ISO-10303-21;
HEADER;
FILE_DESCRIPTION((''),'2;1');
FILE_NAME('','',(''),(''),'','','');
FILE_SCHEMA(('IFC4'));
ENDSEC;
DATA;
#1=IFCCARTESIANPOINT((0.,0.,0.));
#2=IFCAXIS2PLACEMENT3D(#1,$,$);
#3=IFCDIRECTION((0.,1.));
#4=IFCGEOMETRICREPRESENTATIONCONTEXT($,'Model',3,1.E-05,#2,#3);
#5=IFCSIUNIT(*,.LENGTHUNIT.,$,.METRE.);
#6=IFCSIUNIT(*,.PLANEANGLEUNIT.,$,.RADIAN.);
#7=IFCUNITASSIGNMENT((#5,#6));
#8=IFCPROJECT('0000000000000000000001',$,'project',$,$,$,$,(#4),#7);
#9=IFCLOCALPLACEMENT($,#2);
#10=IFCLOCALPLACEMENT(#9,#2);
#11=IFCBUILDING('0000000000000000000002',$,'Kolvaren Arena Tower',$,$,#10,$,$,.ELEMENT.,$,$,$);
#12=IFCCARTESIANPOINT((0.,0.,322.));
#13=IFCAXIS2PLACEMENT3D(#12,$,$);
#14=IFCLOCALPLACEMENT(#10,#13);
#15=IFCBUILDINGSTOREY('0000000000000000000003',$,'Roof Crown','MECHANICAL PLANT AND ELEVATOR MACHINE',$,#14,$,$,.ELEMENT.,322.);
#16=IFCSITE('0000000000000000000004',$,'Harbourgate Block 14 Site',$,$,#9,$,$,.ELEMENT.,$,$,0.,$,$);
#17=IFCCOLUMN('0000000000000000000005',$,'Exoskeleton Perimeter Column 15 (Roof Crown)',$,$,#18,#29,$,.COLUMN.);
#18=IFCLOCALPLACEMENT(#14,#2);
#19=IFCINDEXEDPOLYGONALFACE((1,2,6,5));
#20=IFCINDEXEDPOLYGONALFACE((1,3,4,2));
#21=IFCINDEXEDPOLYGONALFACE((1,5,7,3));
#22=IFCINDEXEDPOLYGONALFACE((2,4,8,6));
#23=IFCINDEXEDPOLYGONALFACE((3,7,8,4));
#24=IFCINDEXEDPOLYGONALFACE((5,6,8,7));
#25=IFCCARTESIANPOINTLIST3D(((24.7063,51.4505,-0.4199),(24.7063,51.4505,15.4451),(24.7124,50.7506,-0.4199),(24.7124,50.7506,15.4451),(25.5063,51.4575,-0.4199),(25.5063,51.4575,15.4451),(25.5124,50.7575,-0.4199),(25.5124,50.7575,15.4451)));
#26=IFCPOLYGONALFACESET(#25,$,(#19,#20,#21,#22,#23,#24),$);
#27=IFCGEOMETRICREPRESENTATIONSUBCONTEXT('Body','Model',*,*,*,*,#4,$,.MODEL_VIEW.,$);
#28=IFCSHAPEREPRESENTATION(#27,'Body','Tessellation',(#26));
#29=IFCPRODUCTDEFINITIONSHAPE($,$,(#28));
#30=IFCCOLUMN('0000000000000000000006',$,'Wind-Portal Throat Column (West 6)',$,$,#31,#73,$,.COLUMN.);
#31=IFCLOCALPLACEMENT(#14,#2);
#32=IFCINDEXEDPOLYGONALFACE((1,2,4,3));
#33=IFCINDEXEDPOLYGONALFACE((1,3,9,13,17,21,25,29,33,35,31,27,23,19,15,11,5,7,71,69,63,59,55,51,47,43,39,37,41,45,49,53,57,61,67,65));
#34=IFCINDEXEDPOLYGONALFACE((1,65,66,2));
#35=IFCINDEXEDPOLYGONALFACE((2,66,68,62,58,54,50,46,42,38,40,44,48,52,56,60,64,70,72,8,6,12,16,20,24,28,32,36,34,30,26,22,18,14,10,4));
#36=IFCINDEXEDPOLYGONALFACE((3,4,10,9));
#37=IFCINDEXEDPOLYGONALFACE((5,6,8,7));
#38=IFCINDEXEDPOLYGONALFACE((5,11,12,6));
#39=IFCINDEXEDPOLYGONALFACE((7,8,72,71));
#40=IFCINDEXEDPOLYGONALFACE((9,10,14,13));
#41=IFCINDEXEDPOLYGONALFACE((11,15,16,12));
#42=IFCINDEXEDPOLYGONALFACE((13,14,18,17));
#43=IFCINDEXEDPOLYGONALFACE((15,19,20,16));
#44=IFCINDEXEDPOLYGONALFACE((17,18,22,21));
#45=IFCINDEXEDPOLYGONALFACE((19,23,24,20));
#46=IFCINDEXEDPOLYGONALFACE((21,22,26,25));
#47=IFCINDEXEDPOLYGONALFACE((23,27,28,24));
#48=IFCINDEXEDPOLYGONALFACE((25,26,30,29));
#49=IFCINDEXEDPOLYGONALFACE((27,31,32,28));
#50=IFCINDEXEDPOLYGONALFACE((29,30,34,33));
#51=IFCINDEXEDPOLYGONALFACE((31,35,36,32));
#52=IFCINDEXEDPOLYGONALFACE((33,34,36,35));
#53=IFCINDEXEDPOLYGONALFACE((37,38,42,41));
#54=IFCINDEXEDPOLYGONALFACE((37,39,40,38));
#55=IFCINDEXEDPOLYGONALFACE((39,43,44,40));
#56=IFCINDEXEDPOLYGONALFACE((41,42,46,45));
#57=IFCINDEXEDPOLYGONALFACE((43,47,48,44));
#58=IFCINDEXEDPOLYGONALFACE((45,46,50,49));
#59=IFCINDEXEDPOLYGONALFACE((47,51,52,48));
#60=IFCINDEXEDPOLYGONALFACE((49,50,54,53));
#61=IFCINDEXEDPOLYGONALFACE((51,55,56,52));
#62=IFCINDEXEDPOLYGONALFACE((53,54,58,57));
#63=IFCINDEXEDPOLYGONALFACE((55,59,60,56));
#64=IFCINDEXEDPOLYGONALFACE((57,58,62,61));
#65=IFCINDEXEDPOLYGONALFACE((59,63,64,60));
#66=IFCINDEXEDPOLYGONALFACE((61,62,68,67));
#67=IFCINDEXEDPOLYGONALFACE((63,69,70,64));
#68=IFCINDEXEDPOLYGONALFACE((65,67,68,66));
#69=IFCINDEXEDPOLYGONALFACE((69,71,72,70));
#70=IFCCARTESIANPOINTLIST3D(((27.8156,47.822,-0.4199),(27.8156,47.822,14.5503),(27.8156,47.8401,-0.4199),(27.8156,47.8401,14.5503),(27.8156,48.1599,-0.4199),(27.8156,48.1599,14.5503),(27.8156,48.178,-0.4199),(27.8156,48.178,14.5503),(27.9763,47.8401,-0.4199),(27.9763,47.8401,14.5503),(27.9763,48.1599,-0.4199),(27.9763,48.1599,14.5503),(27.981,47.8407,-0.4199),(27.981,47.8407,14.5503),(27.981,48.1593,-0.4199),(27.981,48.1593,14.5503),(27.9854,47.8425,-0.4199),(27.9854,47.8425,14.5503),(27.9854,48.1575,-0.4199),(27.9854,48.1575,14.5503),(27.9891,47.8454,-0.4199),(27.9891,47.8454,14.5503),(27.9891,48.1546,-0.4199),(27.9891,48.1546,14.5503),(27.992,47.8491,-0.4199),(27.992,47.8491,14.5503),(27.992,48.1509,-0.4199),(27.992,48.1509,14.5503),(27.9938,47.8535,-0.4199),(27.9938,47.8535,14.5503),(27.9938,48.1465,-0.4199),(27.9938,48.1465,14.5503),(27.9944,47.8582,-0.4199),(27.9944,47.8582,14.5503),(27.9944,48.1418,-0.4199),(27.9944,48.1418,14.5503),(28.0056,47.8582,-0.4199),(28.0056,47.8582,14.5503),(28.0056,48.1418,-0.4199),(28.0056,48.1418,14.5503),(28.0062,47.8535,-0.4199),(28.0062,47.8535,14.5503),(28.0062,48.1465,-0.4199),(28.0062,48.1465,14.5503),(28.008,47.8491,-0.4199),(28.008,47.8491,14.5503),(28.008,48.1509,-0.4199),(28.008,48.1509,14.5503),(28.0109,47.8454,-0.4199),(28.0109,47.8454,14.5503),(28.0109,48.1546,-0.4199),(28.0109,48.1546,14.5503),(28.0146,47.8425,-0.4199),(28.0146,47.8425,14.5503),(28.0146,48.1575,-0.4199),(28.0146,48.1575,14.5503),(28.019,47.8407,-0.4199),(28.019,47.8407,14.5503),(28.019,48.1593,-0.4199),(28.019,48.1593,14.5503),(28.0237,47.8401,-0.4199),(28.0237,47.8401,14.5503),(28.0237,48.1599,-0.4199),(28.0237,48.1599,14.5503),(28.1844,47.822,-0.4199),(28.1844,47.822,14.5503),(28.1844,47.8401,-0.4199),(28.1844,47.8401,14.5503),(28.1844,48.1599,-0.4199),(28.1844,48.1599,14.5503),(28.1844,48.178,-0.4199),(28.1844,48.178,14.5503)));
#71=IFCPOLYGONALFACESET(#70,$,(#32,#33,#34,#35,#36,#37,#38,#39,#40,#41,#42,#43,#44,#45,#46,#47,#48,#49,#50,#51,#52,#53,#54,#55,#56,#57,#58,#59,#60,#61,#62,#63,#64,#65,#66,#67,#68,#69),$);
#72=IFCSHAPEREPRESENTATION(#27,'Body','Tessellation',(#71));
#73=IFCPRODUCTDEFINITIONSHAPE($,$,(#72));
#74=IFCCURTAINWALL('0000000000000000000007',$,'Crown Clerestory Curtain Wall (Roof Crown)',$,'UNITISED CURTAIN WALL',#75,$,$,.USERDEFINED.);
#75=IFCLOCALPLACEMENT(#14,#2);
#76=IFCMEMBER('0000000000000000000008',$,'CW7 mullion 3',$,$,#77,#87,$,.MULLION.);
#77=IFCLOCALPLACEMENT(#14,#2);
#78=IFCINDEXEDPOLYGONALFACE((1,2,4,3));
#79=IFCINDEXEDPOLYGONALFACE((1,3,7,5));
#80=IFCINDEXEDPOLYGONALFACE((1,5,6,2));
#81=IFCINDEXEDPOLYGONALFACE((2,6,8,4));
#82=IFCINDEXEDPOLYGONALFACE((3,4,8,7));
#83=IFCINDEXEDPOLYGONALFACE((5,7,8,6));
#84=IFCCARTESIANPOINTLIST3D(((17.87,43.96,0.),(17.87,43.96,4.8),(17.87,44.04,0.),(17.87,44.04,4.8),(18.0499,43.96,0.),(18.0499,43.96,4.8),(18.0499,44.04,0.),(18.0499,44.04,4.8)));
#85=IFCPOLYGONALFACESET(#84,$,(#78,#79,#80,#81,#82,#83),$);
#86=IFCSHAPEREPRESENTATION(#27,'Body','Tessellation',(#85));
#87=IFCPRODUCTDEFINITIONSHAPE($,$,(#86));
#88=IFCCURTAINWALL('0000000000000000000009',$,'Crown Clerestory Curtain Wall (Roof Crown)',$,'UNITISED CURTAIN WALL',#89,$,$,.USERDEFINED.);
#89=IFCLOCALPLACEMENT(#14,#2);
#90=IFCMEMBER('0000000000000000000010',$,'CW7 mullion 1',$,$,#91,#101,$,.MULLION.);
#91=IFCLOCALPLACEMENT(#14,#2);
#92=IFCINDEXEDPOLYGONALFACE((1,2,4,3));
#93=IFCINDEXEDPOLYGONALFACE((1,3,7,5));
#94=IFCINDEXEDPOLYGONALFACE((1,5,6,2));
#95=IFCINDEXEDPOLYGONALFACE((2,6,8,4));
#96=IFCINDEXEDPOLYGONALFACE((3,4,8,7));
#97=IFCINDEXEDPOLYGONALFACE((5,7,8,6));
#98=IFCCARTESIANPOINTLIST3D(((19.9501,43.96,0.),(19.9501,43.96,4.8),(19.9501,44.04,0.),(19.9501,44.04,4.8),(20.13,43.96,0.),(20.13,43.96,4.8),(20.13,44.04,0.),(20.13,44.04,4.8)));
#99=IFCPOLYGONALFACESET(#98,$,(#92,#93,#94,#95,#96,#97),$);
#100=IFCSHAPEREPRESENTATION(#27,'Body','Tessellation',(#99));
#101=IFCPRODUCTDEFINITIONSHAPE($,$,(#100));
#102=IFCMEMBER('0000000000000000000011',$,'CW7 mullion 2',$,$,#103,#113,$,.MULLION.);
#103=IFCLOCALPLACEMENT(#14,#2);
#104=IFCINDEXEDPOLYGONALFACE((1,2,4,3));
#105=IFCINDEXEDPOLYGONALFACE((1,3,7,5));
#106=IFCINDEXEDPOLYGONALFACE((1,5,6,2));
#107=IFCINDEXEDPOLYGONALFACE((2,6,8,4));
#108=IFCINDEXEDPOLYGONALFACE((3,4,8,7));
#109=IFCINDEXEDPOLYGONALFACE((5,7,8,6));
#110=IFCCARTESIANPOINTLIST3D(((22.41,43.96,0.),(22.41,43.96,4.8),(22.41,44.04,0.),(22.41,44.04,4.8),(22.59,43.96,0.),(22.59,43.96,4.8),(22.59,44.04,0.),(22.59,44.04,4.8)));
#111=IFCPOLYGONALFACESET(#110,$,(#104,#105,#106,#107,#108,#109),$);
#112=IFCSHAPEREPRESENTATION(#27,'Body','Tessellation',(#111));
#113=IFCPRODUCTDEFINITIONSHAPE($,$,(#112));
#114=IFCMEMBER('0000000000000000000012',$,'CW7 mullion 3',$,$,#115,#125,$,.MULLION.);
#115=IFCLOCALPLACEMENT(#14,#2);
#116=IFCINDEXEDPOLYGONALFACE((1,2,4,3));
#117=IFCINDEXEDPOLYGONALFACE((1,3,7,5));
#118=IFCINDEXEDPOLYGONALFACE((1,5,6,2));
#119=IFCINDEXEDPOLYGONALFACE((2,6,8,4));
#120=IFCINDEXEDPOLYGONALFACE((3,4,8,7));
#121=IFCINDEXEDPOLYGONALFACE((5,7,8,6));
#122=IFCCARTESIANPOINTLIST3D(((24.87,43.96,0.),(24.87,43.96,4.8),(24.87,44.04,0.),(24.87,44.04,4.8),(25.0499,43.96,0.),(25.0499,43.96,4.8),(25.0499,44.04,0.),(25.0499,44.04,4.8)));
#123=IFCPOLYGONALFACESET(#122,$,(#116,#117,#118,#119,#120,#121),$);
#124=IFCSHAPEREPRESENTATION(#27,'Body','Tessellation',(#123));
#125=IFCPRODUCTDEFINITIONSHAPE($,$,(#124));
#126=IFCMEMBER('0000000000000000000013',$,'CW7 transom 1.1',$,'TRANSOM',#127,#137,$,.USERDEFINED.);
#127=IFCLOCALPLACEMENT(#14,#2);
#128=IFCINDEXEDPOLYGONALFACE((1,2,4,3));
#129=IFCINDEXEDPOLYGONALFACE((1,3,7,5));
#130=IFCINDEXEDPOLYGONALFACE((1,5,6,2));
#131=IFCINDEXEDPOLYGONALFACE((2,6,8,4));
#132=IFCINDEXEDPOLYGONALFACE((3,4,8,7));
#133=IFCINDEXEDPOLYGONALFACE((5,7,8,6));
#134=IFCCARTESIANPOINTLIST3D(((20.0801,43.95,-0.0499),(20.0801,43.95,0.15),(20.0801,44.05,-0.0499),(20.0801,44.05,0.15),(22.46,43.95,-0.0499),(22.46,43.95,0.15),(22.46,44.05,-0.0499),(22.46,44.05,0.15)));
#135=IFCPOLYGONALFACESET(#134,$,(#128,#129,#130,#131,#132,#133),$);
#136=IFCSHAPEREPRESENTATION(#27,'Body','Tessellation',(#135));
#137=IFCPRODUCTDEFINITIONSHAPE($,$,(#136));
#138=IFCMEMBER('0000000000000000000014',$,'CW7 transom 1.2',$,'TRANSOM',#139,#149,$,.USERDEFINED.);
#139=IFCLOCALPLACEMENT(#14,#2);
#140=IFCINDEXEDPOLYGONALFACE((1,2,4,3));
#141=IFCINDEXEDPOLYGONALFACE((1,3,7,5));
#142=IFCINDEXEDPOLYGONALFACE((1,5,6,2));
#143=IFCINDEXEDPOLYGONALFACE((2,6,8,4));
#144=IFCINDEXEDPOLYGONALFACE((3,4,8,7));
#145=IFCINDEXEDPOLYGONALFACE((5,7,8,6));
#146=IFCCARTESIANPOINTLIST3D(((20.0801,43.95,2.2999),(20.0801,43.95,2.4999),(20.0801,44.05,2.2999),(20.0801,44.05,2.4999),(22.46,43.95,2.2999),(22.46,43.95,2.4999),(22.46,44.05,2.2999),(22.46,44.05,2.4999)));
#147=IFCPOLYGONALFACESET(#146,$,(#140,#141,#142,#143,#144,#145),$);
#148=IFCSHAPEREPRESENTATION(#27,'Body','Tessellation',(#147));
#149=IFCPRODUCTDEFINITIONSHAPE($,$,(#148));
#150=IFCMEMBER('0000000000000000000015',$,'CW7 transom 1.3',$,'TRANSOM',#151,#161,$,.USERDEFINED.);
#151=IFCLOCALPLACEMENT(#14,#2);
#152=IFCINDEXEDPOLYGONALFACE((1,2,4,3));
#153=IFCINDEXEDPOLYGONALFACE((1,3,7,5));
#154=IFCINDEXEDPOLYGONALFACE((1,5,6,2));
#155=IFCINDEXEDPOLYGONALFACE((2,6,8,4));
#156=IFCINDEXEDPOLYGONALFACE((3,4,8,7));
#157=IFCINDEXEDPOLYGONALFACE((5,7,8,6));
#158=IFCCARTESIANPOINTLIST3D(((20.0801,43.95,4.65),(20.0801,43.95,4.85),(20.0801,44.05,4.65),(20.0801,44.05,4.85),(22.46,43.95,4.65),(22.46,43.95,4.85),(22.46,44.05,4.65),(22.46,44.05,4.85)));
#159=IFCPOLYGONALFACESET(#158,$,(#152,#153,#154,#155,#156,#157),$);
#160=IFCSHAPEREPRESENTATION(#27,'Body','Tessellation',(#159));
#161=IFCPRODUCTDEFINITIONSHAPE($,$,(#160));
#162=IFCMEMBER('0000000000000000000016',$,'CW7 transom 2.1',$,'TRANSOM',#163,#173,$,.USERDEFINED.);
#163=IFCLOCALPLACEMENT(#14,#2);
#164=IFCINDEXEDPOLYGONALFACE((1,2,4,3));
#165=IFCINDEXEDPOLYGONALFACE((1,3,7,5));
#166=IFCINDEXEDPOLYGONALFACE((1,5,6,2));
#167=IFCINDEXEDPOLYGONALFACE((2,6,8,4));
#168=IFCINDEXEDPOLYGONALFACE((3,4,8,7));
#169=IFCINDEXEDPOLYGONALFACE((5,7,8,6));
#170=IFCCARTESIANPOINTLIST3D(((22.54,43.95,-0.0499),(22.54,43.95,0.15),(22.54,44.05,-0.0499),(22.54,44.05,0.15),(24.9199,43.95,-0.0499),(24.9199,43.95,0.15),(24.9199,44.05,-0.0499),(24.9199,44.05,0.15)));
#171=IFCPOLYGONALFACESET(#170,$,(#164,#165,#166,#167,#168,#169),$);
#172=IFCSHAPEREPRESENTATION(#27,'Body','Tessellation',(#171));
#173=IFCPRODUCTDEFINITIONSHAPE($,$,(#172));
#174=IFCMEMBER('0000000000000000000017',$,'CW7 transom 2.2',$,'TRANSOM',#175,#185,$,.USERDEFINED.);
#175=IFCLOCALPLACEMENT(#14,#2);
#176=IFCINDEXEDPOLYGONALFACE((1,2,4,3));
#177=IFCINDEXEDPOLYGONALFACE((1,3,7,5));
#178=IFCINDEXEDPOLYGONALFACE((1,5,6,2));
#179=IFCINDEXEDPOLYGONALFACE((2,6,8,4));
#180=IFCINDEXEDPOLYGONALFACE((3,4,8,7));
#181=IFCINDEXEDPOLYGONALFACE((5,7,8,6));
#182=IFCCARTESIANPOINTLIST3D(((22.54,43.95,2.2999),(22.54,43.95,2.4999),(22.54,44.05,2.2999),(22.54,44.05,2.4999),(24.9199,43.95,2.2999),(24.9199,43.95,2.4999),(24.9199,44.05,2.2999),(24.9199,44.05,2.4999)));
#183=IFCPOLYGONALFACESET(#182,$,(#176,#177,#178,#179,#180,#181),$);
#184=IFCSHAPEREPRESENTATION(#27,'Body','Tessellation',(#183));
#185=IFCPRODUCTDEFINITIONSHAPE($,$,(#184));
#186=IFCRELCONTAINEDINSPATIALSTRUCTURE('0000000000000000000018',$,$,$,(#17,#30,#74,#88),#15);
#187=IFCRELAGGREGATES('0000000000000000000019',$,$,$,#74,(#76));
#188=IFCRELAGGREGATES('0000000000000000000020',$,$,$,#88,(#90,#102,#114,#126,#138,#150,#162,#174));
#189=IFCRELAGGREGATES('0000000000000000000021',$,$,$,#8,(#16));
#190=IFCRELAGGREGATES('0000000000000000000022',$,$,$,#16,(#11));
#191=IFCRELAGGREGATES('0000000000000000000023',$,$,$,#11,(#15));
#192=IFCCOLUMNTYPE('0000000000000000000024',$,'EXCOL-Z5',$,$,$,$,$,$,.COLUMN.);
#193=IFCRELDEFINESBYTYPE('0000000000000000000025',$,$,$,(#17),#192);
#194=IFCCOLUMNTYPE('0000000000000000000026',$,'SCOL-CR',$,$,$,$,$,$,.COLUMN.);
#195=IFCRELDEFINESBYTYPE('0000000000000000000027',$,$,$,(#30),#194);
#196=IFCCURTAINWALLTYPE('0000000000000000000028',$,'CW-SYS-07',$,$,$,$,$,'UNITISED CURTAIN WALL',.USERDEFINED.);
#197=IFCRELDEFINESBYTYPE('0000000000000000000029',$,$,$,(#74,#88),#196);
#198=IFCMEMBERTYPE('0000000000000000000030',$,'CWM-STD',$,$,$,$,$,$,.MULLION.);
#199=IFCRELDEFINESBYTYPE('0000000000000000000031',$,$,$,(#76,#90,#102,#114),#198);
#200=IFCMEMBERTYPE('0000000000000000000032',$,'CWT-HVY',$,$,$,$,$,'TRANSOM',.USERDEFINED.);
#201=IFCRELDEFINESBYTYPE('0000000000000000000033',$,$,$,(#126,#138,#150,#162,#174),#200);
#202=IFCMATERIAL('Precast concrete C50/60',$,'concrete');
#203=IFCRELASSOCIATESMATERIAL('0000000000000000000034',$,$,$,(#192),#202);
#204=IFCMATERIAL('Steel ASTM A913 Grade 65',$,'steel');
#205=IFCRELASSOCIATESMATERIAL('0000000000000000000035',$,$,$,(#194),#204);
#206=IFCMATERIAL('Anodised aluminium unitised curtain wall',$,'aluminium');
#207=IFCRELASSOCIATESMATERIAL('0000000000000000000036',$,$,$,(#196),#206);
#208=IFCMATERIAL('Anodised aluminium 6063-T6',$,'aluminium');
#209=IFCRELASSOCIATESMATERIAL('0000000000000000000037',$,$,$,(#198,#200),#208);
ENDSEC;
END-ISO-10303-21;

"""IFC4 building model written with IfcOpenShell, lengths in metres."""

from ifc_helpers import new_model, si_unit, direction, frame, origin, origin_2d, place, context, subcontext, project, spatial, rectangle, i_section, extrude, material, material_profile, profile_set, type_object, element, aggregate, save


model = new_model("IFC4")

# Units and contexts
model_context = context("Model", 3, precision=1e-05, world=origin(), true_north=direction((0.0, 1.0)))
body_context = subcontext(model_context, "Body", "Model", "MODEL_VIEW")
ifc_project = project(units=[si_unit("LENGTHUNIT", "METRE"), si_unit("PLANEANGLEUNIT", "RADIAN")], contexts=[model_context])

# Site, building, storey
site_placement = place(None, origin())
site = spatial("IfcSite", under=ifc_project, at=site_placement, Name="Harbourgate Block 14 Site", CompositionType="ELEMENT", RefElevation=0.0)
building_placement = place(site_placement, origin())
building = spatial("IfcBuilding", under=site, at=building_placement, Name="Kolvaren Arena Tower", CompositionType="ELEMENT")
storey_placement = place(building_placement, frame((0.0, 0.0, 322.0)))
storey = spatial("IfcBuildingStorey", under=building, at=storey_placement, Name="Roof Crown", Description="MECHANICAL PLANT AND ELEVATOR MACHINE", CompositionType="ELEMENT", Elevation=322.0)

# Columns
ifc_material_1 = material(Name="Precast concrete C50/60", Category="concrete")
ifc_material_profile_1 = material_profile(ifc_material_1, rectangle(XDim=0.8, YDim=0.7, at=origin_2d()), Name="RC-800x700")
ifc_profile_set_1 = profile_set([ifc_material_profile_1], Name="Precast concrete C50/60")
column_type_1 = type_object("IfcColumnType", Name="EXCOL-Z5", PredefinedType="COLUMN", material=ifc_profile_set_1)
column_1_placement = place(storey_placement, frame((25.1094, 51.104, -0.4199), z_axis=(0.0, 0.0, 1.0), x_axis=(0.999962, 0.008727, 0.0)))
element("IfcColumn", 1, at=column_1_placement, inside=storey, type_object=column_type_1, Name="Exoskeleton Perimeter Column 15 (Roof Crown)", PredefinedType="COLUMN", context=body_context, shape_type="SweptSolid", body=[
    extrude(rectangle(XDim=0.8, YDim=0.7, at=origin_2d()), origin(), (0.0, 0.0, 1.0), 15.865),
])
ifc_material_2 = material(Name="Steel ASTM A913 Grade 65", Category="steel")
ifc_material_profile_2 = material_profile(ifc_material_2, i_section(OverallWidth=0.3689, OverallDepth=0.356, WebThickness=0.0112, FlangeThickness=0.0181, FilletRadius=0.0181, at=origin_2d()), Name="W360x134")
ifc_profile_set_2 = profile_set([ifc_material_profile_2], Name="Steel ASTM A913 Grade 65")
column_type_2 = type_object("IfcColumnType", Name="SCOL-CR", PredefinedType="COLUMN", material=ifc_profile_set_2)
column_2_placement = place(storey_placement, frame((28.0, 48.0, -0.4199), z_axis=(0.0, 0.0, 1.0), x_axis=(1.0, 0.0, 0.0)))
element("IfcColumn", 2, at=column_2_placement, inside=storey, type_object=column_type_2, Name="Wind-Portal Throat Column (West 6)", PredefinedType="COLUMN", context=body_context, shape_type="SweptSolid", body=[
    extrude(i_section(OverallWidth=0.3689, OverallDepth=0.356, WebThickness=0.0112, FlangeThickness=0.0181, FilletRadius=0.0181, at=origin_2d()), origin(), (0.0, 0.0, 1.0), 14.9702),
])

# Curtain wall, member
ifc_material_3 = material(Name="Anodised aluminium unitised curtain wall", Category="aluminium")
curtain_wall_type = type_object("IfcCurtainWallType", Name="CW-SYS-07", ElementType="UNITISED CURTAIN WALL", PredefinedType="USERDEFINED", material=ifc_material_3)
curtain_wall_1_placement = place(storey_placement, origin())
curtain_wall_1 = element("IfcCurtainWall", 3, at=curtain_wall_1_placement, inside=storey, type_object=curtain_wall_type, Name="Crown Clerestory Curtain Wall (Roof Crown)", ObjectType="UNITISED CURTAIN WALL", PredefinedType="USERDEFINED")
ifc_material_4 = material(Name="Anodised aluminium 6063-T6", Category="aluminium")
ifc_material_profile_3 = material_profile(ifc_material_4, rectangle(XDim=0.0801, YDim=0.1799, at=origin_2d()), Name="ALU-80x180")
ifc_profile_set_3 = profile_set([ifc_material_profile_3], Name="Anodised aluminium 6063-T6")
member_type_1 = type_object("IfcMemberType", Name="CWM-STD", PredefinedType="MULLION", material=ifc_profile_set_3)
member_1_placement = place(storey_placement, frame((17.96, 44.0, 0.0), z_axis=(0.0, 0.0, 1.0), x_axis=(0.0, 1.0, 0.0)))
member_1 = element("IfcMember", 4, at=member_1_placement, type_object=member_type_1, Name="CW7 mullion 3", PredefinedType="MULLION", context=body_context, shape_type="SweptSolid", body=[
    extrude(rectangle(XDim=0.0801, YDim=0.1799, at=origin_2d()), origin(), (0.0, 0.0, 1.0), 4.8),
])

# Curtain wall, members
curtain_wall_2_placement = place(storey_placement, origin())
curtain_wall_2 = element("IfcCurtainWall", 5, at=curtain_wall_2_placement, inside=storey, type_object=curtain_wall_type, Name="Crown Clerestory Curtain Wall (Roof Crown)", ObjectType="UNITISED CURTAIN WALL", PredefinedType="USERDEFINED")
member_2_placement = place(storey_placement, frame((20.04, 44.0, 0.0), z_axis=(0.0, 0.0, 1.0), x_axis=(0.0, 1.0, 0.0)))
member_2 = element("IfcMember", 6, at=member_2_placement, type_object=member_type_1, Name="CW7 mullion 1", PredefinedType="MULLION", context=body_context, shape_type="SweptSolid", body=[
    extrude(rectangle(XDim=0.0801, YDim=0.1799, at=origin_2d()), origin(), (0.0, 0.0, 1.0), 4.8),
])
member_3_placement = place(storey_placement, frame((22.5, 44.0, 0.0), z_axis=(0.0, 0.0, 1.0), x_axis=(0.0, 1.0, 0.0)))
member_3 = element("IfcMember", 7, at=member_3_placement, type_object=member_type_1, Name="CW7 mullion 2", PredefinedType="MULLION", context=body_context, shape_type="SweptSolid", body=[
    extrude(rectangle(XDim=0.0801, YDim=0.1799, at=origin_2d()), origin(), (0.0, 0.0, 1.0), 4.8),
])
member_4_placement = place(storey_placement, frame((24.96, 44.0, 0.0), z_axis=(0.0, 0.0, 1.0), x_axis=(0.0, 1.0, 0.0)))
member_4 = element("IfcMember", 8, at=member_4_placement, type_object=member_type_1, Name="CW7 mullion 3", PredefinedType="MULLION", context=body_context, shape_type="SweptSolid", body=[
    extrude(rectangle(XDim=0.0801, YDim=0.1799, at=origin_2d()), origin(), (0.0, 0.0, 1.0), 4.8),
])
ifc_material_profile_4 = material_profile(ifc_material_4, rectangle(XDim=0.1001, YDim=0.2, at=origin_2d()), Name="ALU-100x200")
ifc_profile_set_4 = profile_set([ifc_material_profile_4], Name="Anodised aluminium 6063-T6")
member_type_2 = type_object("IfcMemberType", Name="CWT-HVY", ElementType="TRANSOM", PredefinedType="USERDEFINED", material=ifc_profile_set_4)
member_5_placement = place(storey_placement, frame((20.0801, 44.0, 0.05), z_axis=(1.0, 0.0, 0.0), x_axis=(0.0, 1.0, 0.0)))
member_5 = element("IfcMember", 9, at=member_5_placement, type_object=member_type_2, Name="CW7 transom 1.1", ObjectType="TRANSOM", PredefinedType="USERDEFINED", context=body_context, shape_type="SweptSolid", body=[
    extrude(rectangle(XDim=0.1001, YDim=0.2, at=origin_2d()), origin(), (0.0, 0.0, 1.0), 2.3799),
])
member_6_placement = place(storey_placement, frame((20.0801, 44.0, 2.3999), z_axis=(1.0, 0.0, 0.0), x_axis=(0.0, 1.0, 0.0)))
member_6 = element("IfcMember", 10, at=member_6_placement, type_object=member_type_2, Name="CW7 transom 1.2", ObjectType="TRANSOM", PredefinedType="USERDEFINED", context=body_context, shape_type="SweptSolid", body=[
    extrude(rectangle(XDim=0.1001, YDim=0.2, at=origin_2d()), origin(), (0.0, 0.0, 1.0), 2.3799),
])
member_7_placement = place(storey_placement, frame((20.0801, 44.0, 4.75), z_axis=(1.0, 0.0, 0.0), x_axis=(0.0, 1.0, 0.0)))
member_7 = element("IfcMember", 11, at=member_7_placement, type_object=member_type_2, Name="CW7 transom 1.3", ObjectType="TRANSOM", PredefinedType="USERDEFINED", context=body_context, shape_type="SweptSolid", body=[
    extrude(rectangle(XDim=0.1001, YDim=0.2, at=origin_2d()), origin(), (0.0, 0.0, 1.0), 2.3799),
])
member_8_placement = place(storey_placement, frame((22.54, 44.0, 0.05), z_axis=(1.0, 0.0, 0.0), x_axis=(0.0, 1.0, 0.0)))
member_8 = element("IfcMember", 12, at=member_8_placement, type_object=member_type_2, Name="CW7 transom 2.1", ObjectType="TRANSOM", PredefinedType="USERDEFINED", context=body_context, shape_type="SweptSolid", body=[
    extrude(rectangle(XDim=0.1001, YDim=0.2, at=origin_2d()), origin(), (0.0, 0.0, 1.0), 2.3799),
])
member_9_placement = place(storey_placement, frame((22.54, 44.0, 2.3999), z_axis=(1.0, 0.0, 0.0), x_axis=(0.0, 1.0, 0.0)))
member_9 = element("IfcMember", 13, at=member_9_placement, type_object=member_type_2, Name="CW7 transom 2.2", ObjectType="TRANSOM", PredefinedType="USERDEFINED", context=body_context, shape_type="SweptSolid", body=[
    extrude(rectangle(XDim=0.1001, YDim=0.2, at=origin_2d()), origin(), (0.0, 0.0, 1.0), 2.3799),
])

aggregate(curtain_wall_1, [member_1])
aggregate(curtain_wall_2, [member_2, member_3, member_4, member_5, member_6, member_7, member_8, member_9])

save(model, "model.ifc")
